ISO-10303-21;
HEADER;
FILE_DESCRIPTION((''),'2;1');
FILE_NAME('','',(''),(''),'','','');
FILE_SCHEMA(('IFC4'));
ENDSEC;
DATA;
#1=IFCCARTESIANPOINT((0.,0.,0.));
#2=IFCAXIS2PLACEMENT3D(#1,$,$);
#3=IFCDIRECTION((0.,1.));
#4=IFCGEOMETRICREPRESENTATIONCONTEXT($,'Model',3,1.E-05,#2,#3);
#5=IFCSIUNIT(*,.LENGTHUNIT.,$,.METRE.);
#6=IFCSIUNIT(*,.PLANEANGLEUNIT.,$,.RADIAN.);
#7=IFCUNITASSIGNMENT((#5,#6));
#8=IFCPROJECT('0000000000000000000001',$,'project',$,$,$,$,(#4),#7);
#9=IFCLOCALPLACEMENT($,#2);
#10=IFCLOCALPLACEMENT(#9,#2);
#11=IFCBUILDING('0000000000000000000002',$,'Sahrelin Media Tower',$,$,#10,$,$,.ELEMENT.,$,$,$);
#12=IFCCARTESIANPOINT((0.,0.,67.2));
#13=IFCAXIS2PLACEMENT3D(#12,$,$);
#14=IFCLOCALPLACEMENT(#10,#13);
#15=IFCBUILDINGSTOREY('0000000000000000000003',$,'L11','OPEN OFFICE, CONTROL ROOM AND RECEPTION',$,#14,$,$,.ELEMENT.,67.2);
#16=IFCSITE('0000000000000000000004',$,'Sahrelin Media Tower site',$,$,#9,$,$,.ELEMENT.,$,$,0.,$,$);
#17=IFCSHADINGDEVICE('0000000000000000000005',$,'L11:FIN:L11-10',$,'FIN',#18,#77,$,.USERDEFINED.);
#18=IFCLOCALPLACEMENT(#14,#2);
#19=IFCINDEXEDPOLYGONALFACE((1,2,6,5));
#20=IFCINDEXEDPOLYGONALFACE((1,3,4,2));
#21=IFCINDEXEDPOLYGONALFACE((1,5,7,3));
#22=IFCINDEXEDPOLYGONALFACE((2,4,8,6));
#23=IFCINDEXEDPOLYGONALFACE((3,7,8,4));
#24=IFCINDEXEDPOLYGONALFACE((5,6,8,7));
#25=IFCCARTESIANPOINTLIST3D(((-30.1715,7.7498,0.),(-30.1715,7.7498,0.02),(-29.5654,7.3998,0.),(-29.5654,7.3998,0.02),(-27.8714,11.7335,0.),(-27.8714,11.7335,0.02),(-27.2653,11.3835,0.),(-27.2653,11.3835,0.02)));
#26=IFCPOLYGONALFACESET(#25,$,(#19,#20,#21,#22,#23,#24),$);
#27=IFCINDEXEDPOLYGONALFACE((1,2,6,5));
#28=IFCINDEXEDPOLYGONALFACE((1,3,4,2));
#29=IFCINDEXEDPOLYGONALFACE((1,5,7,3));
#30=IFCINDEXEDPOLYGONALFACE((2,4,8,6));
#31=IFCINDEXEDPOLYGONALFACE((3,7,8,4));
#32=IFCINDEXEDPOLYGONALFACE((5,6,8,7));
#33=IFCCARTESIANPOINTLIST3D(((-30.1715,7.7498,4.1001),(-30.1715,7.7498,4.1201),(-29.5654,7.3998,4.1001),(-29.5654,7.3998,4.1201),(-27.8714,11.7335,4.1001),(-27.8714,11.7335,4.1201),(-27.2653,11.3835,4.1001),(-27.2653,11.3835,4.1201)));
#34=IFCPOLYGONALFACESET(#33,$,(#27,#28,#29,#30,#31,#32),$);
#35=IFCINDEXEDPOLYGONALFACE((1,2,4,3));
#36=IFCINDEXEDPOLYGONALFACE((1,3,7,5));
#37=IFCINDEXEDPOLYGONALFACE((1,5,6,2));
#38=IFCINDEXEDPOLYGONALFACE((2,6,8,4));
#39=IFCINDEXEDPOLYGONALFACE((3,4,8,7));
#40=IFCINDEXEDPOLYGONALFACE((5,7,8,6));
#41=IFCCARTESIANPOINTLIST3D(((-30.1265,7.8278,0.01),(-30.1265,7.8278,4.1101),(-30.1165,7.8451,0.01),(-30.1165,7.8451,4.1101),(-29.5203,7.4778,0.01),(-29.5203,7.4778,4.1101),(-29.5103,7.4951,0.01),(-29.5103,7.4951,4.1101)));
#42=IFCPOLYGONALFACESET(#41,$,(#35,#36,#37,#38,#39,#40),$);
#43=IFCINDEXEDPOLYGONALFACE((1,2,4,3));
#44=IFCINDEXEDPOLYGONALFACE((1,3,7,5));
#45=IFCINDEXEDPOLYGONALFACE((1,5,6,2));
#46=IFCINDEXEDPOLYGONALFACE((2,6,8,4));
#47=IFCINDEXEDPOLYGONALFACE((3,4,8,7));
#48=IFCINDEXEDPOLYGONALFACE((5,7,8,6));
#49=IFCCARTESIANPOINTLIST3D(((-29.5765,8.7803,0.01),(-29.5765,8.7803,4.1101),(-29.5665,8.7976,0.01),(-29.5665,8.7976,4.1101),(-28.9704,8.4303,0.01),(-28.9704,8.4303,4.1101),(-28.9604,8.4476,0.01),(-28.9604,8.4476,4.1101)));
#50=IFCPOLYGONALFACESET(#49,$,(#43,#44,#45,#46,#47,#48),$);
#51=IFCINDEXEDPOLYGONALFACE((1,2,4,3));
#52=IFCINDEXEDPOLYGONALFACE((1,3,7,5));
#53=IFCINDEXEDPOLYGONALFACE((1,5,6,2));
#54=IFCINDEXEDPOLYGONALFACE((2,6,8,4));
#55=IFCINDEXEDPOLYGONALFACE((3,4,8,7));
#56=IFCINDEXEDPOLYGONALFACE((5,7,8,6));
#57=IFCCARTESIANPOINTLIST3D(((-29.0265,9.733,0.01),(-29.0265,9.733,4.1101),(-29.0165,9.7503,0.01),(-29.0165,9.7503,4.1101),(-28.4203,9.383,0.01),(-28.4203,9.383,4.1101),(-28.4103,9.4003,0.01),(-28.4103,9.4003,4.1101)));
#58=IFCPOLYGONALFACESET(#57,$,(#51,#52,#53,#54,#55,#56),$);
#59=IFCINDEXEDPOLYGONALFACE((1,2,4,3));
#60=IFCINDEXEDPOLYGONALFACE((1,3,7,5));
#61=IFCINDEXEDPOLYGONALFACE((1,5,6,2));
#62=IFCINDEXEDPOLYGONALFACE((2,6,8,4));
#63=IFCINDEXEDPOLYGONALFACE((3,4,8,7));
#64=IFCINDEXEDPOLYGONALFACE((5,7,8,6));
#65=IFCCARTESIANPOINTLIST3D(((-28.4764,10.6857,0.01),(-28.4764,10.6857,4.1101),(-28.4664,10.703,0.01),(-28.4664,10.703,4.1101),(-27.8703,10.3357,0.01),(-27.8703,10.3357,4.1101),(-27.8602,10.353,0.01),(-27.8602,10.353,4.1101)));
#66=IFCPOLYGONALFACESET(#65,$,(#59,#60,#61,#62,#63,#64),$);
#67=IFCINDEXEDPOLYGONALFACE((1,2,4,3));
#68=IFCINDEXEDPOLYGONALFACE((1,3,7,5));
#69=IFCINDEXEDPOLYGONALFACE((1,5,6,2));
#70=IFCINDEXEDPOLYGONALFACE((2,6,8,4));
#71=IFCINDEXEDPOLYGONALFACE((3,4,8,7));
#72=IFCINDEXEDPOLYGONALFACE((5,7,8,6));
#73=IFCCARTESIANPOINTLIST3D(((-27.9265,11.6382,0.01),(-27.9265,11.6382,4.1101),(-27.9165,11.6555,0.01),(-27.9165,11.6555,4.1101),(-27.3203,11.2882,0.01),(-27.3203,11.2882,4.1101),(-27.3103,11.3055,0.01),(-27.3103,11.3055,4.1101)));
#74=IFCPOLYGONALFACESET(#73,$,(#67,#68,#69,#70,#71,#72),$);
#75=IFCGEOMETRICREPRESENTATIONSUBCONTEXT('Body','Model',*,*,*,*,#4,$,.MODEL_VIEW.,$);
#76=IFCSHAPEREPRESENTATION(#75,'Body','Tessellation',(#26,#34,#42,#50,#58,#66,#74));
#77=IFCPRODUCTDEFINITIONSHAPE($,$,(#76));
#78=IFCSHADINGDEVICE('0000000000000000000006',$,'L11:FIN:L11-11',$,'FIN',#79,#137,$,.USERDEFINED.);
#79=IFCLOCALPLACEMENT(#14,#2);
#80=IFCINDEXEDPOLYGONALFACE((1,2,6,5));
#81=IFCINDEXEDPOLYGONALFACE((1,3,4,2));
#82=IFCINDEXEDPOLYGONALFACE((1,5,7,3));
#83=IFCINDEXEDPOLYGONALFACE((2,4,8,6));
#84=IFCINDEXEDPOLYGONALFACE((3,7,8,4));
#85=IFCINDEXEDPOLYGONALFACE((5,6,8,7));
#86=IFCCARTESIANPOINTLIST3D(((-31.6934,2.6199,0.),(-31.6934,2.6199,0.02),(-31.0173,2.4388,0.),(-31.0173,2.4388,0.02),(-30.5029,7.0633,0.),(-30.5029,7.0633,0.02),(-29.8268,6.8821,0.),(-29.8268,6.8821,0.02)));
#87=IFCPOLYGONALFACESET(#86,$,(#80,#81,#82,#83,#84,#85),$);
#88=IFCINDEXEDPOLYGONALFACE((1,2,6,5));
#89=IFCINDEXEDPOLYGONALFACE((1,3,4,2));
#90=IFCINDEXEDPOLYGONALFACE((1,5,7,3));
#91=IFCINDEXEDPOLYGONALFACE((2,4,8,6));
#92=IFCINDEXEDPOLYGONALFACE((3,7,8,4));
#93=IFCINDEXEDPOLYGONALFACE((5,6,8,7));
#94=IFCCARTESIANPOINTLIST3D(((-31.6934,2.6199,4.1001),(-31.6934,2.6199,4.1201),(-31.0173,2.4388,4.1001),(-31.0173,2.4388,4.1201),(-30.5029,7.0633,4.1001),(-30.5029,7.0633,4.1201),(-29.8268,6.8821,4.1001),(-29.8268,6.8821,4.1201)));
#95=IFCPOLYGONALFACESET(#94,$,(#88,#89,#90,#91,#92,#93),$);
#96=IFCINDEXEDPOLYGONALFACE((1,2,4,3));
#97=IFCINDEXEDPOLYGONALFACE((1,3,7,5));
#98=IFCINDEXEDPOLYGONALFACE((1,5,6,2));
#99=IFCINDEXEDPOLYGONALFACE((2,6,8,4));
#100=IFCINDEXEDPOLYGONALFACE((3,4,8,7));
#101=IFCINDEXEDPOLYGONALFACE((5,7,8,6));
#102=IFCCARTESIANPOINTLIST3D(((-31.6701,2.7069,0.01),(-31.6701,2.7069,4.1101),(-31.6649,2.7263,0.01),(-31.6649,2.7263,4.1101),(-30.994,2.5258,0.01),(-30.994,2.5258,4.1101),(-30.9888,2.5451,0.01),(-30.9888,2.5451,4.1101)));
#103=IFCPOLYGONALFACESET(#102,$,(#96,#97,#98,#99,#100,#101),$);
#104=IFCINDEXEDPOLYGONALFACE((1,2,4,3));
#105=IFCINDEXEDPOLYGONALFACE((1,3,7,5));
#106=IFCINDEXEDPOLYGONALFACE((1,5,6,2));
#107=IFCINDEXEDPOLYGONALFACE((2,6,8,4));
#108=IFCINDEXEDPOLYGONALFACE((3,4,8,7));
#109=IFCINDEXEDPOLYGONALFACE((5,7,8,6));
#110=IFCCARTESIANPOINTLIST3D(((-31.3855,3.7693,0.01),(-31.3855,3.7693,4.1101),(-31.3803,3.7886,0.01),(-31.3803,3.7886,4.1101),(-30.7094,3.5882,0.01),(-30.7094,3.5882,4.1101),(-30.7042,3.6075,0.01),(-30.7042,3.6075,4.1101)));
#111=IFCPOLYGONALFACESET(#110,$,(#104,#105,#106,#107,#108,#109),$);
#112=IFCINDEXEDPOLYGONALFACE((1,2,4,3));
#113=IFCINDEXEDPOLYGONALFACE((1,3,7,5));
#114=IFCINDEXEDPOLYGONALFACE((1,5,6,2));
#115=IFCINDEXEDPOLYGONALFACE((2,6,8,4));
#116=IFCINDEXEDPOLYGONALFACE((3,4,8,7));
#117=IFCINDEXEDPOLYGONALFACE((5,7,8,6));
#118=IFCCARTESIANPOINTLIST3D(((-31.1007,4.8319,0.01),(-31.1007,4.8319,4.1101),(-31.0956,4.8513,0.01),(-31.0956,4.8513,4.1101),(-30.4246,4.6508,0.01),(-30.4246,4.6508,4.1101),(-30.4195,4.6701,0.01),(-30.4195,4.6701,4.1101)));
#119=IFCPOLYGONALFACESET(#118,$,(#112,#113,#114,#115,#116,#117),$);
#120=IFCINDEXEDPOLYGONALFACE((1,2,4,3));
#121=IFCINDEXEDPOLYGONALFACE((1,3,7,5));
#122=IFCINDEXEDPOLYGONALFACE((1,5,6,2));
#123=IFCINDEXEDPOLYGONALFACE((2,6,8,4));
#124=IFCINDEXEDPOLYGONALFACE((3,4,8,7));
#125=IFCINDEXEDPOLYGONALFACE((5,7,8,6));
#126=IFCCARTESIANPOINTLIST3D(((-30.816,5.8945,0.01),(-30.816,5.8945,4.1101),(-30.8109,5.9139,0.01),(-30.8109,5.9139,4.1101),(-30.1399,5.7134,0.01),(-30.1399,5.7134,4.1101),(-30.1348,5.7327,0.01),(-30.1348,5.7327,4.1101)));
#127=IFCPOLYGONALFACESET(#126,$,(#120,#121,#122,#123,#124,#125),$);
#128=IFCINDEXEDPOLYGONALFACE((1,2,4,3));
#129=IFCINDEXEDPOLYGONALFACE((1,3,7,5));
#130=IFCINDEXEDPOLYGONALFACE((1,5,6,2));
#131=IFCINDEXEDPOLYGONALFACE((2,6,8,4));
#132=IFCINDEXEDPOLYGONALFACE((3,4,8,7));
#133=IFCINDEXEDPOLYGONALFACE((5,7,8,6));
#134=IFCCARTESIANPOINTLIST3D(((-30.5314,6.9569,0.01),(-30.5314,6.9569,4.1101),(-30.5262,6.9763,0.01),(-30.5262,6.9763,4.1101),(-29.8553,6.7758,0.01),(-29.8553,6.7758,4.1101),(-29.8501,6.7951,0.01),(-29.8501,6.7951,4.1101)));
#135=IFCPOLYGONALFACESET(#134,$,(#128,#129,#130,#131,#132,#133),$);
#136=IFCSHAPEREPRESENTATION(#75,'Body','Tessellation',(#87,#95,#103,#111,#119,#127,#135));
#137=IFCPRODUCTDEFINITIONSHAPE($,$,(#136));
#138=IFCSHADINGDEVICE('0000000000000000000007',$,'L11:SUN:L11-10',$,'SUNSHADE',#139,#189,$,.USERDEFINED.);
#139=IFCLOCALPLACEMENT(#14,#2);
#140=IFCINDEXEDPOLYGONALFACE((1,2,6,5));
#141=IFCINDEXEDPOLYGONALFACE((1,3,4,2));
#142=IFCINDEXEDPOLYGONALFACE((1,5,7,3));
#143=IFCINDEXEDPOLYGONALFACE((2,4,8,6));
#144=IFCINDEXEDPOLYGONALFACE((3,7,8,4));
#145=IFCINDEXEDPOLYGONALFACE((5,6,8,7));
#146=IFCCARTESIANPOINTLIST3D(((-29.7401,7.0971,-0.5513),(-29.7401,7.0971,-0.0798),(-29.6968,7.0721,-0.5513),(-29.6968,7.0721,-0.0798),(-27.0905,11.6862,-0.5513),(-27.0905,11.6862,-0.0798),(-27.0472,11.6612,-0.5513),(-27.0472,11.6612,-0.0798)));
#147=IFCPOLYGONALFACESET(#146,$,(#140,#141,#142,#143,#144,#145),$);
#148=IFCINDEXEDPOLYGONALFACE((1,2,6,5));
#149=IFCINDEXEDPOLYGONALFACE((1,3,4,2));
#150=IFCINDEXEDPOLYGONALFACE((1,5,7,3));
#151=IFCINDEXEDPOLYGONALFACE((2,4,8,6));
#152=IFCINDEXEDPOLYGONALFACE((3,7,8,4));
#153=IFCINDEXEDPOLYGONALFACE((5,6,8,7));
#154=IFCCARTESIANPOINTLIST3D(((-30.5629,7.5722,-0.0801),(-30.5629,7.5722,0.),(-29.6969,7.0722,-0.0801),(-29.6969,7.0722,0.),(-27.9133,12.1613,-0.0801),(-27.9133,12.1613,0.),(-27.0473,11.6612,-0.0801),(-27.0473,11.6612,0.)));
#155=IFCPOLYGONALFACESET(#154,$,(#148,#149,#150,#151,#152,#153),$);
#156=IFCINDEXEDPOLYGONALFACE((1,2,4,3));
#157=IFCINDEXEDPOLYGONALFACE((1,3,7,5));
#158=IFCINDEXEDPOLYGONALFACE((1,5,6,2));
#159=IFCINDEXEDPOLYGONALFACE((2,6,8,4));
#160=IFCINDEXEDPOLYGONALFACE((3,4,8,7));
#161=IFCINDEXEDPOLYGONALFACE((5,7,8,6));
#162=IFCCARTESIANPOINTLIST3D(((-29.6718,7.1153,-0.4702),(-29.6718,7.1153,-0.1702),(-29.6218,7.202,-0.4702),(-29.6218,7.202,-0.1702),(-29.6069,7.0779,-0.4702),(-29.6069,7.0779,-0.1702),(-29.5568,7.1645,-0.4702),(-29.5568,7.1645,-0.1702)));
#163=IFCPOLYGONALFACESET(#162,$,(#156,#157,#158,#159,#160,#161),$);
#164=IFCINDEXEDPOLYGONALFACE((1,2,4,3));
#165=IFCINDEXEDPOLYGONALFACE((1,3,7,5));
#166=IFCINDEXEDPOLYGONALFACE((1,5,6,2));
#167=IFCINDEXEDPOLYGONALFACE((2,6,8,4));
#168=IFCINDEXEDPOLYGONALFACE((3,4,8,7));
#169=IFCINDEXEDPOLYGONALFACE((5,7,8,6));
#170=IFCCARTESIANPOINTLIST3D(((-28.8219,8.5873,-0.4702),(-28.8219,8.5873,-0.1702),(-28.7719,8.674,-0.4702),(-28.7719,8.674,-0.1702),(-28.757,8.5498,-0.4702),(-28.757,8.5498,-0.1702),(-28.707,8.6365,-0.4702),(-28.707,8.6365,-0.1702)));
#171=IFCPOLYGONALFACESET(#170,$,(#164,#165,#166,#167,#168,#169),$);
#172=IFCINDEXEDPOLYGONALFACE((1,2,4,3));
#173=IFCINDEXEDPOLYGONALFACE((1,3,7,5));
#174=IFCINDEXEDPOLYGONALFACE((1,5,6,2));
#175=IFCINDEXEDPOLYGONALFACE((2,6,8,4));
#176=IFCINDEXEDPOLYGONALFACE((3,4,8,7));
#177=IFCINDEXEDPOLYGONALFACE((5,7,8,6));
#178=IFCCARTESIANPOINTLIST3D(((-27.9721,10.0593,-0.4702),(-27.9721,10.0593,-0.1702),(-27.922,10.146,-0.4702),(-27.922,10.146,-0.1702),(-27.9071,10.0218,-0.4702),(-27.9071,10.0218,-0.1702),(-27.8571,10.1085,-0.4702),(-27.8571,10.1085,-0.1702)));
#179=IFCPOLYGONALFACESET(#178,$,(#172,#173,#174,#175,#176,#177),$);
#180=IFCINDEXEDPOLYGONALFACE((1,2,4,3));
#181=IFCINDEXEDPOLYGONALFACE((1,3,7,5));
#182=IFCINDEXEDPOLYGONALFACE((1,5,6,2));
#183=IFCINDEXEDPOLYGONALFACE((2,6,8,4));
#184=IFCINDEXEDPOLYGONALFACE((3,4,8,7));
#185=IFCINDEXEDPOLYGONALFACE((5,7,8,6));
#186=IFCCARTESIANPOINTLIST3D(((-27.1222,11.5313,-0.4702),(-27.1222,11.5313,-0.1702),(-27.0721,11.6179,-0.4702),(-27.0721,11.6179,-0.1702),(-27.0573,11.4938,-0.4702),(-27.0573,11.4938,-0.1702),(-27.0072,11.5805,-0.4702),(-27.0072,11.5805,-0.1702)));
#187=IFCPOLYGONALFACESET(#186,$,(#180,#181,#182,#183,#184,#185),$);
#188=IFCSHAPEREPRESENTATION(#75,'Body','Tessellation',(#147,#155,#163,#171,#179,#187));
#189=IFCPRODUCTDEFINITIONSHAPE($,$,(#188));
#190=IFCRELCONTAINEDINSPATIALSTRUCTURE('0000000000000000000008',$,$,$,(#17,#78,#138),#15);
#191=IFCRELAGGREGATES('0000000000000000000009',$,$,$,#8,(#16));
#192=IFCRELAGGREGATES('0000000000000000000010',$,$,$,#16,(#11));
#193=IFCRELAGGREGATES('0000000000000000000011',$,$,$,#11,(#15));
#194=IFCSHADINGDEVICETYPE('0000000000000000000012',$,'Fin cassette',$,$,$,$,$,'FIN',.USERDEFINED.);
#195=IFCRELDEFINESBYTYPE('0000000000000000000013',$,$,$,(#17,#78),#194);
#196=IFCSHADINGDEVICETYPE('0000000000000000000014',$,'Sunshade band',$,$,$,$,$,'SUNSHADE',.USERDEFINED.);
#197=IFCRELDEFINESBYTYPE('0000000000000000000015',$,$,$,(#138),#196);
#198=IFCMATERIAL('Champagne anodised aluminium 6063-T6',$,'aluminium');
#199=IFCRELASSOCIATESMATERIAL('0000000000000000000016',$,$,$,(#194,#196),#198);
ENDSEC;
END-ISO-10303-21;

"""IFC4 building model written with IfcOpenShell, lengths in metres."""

from ifc_helpers import new_model, si_unit, direction, frame, origin, origin_2d, place, context, subcontext, project, spatial, rectangle, extrude, material, type_object, element, save


model = new_model("IFC4")

# Units and contexts
model_context = context("Model", 3, precision=1e-05, world=origin(), true_north=direction((0.0, 1.0)))
body_context = subcontext(model_context, "Body", "Model", "MODEL_VIEW")
ifc_project = project(units=[si_unit("LENGTHUNIT", "METRE"), si_unit("PLANEANGLEUNIT", "RADIAN")], contexts=[model_context])

# Site, building, storey
site_placement = place(None, origin())
site = spatial("IfcSite", under=ifc_project, at=site_placement, Name="Sahrelin Media Tower site", CompositionType="ELEMENT", RefElevation=0.0)
building_placement = place(site_placement, origin())
building = spatial("IfcBuilding", under=site, at=building_placement, Name="Sahrelin Media Tower", CompositionType="ELEMENT")
storey_placement = place(building_placement, frame((0.0, 0.0, 67.2)))
storey = spatial("IfcBuildingStorey", under=building, at=storey_placement, Name="L11", Description="OPEN OFFICE, CONTROL ROOM AND RECEPTION", CompositionType="ELEMENT", Elevation=67.2)

# Shared definitions
ifc_material_1 = material(Name="Champagne anodised aluminium 6063-T6", Category="aluminium")

# Shading devices
shading_device_type_1 = type_object("IfcShadingDeviceType", Name="Fin cassette", ElementType="FIN", PredefinedType="USERDEFINED", material=ifc_material_1)
placement_1 = place(storey_placement, frame((-28.3547, 9.3567, 0.0), z_axis=(0.0, 0.0, 1.0), x_axis=(0.500011, 0.866019, 0.0)))
element("IfcShadingDevice", 1, at=placement_1, inside=storey, type_object=shading_device_type_1, Name="L11:FIN:L11-10", ObjectType="FIN", PredefinedType="USERDEFINED", context=body_context, shape_type="SweptSolid", body=[
    extrude(rectangle(XDim=4.6001, YDim=0.7, at=origin_2d()), frame((0.0, 0.4199, 0.0)), (0.0, 0.0, 1.0), 0.02),
    extrude(rectangle(XDim=4.6001, YDim=0.7, at=origin_2d()), frame((0.0, 0.4199, 4.1001)), (0.0, 0.0, 1.0), 0.02),
    extrude(rectangle(XDim=0.02, YDim=0.7, at=origin_2d()), frame((-2.2, 0.4199, 0.01), z_axis=(0.0, 0.0, 1.0), x_axis=(1.0, 0.0, 0.0)), (0.0, 0.0, 1.0), 4.1001),
    extrude(rectangle(XDim=0.02, YDim=0.7, at=origin_2d()), frame((-1.1001, 0.4199, 0.01), z_axis=(0.0, 0.0, 1.0), x_axis=(1.0, 0.0, 0.0)), (0.0, 0.0, 1.0), 4.1001),
    extrude(rectangle(XDim=0.02, YDim=0.7, at=origin_2d()), frame((0.0, 0.4199, 0.01), z_axis=(0.0, 0.0, 1.0), x_axis=(1.0, 0.0, 0.0)), (0.0, 0.0, 1.0), 4.1001),
    extrude(rectangle(XDim=0.02, YDim=0.7, at=origin_2d()), frame((1.1001, 0.4199, 0.01), z_axis=(0.0, 0.0, 1.0), x_axis=(1.0, 0.0, 0.0)), (0.0, 0.0, 1.0), 4.1001),
    extrude(rectangle(XDim=0.02, YDim=0.7, at=origin_2d()), frame((2.2, 0.4199, 0.01), z_axis=(0.0, 0.0, 1.0), x_axis=(1.0, 0.0, 0.0)), (0.0, 0.0, 1.0), 4.1001),
])
placement_2 = place(storey_placement, frame((-30.3545, 4.6423, 0.0), z_axis=(0.0, 0.0, 1.0), x_axis=(0.258808, 0.965929, 0.0)))
element("IfcShadingDevice", 2, at=placement_2, inside=storey, type_object=shading_device_type_1, Name="L11:FIN:L11-11", ObjectType="FIN", PredefinedType="USERDEFINED", context=body_context, shape_type="SweptSolid", body=[
    extrude(rectangle(XDim=4.6001, YDim=0.7, at=origin_2d()), frame((0.0, 0.4199, 0.0)), (0.0, 0.0, 1.0), 0.02),
    extrude(rectangle(XDim=4.6001, YDim=0.7, at=origin_2d()), frame((0.0, 0.4199, 4.1001)), (0.0, 0.0, 1.0), 0.02),
    extrude(rectangle(XDim=0.02, YDim=0.7, at=origin_2d()), frame((-2.2, 0.4199, 0.01), z_axis=(0.0, 0.0, 1.0), x_axis=(1.0, 0.0, 0.0)), (0.0, 0.0, 1.0), 4.1001),
    extrude(rectangle(XDim=0.02, YDim=0.7, at=origin_2d()), frame((-1.1001, 0.4199, 0.01), z_axis=(0.0, 0.0, 1.0), x_axis=(1.0, 0.0, 0.0)), (0.0, 0.0, 1.0), 4.1001),
    extrude(rectangle(XDim=0.02, YDim=0.7, at=origin_2d()), frame((0.0, 0.4199, 0.01), z_axis=(0.0, 0.0, 1.0), x_axis=(1.0, 0.0, 0.0)), (0.0, 0.0, 1.0), 4.1001),
    extrude(rectangle(XDim=0.02, YDim=0.7, at=origin_2d()), frame((1.1001, 0.4199, 0.01), z_axis=(0.0, 0.0, 1.0), x_axis=(1.0, 0.0, 0.0)), (0.0, 0.0, 1.0), 4.1001),
    extrude(rectangle(XDim=0.02, YDim=0.7, at=origin_2d()), frame((2.2, 0.4199, 0.01), z_axis=(0.0, 0.0, 1.0), x_axis=(1.0, 0.0, 0.0)), (0.0, 0.0, 1.0), 4.1001),
])
shading_device_type_2 = type_object("IfcShadingDeviceType", Name="Sunshade band", ElementType="SUNSHADE", PredefinedType="USERDEFINED", material=ifc_material_1)
element("IfcShadingDevice", 3, at=placement_1, inside=storey, type_object=shading_device_type_2, Name="L11:SUN:L11-10", ObjectType="SUNSHADE", PredefinedType="USERDEFINED", context=body_context, shape_type="SweptSolid", body=[
    extrude(rectangle(XDim=5.2991, YDim=0.05, at=origin_2d()), frame((0.0, 0.0449, -0.5513)), (0.0, 0.0, 1.0), 0.4714),
    extrude(rectangle(XDim=5.2991, YDim=1.0, at=origin_2d()), frame((0.0, 0.52, -0.0801)), (0.0, 0.0, 1.0), 0.0801),
    extrude(rectangle(XDim=0.1001, YDim=0.075, at=origin_2d()), frame((-2.5496, -0.0176, -0.4702)), (0.0, 0.0, 1.0), 0.3),
    extrude(rectangle(XDim=0.1001, YDim=0.075, at=origin_2d()), frame((-0.8499, -0.0176, -0.4702)), (0.0, 0.0, 1.0), 0.3),
    extrude(rectangle(XDim=0.1001, YDim=0.075, at=origin_2d()), frame((0.8499, -0.0176, -0.4702)), (0.0, 0.0, 1.0), 0.3),
    extrude(rectangle(XDim=0.1001, YDim=0.075, at=origin_2d()), frame((2.5496, -0.0176, -0.4702)), (0.0, 0.0, 1.0), 0.3),
])

save(model, "model.ifc")
